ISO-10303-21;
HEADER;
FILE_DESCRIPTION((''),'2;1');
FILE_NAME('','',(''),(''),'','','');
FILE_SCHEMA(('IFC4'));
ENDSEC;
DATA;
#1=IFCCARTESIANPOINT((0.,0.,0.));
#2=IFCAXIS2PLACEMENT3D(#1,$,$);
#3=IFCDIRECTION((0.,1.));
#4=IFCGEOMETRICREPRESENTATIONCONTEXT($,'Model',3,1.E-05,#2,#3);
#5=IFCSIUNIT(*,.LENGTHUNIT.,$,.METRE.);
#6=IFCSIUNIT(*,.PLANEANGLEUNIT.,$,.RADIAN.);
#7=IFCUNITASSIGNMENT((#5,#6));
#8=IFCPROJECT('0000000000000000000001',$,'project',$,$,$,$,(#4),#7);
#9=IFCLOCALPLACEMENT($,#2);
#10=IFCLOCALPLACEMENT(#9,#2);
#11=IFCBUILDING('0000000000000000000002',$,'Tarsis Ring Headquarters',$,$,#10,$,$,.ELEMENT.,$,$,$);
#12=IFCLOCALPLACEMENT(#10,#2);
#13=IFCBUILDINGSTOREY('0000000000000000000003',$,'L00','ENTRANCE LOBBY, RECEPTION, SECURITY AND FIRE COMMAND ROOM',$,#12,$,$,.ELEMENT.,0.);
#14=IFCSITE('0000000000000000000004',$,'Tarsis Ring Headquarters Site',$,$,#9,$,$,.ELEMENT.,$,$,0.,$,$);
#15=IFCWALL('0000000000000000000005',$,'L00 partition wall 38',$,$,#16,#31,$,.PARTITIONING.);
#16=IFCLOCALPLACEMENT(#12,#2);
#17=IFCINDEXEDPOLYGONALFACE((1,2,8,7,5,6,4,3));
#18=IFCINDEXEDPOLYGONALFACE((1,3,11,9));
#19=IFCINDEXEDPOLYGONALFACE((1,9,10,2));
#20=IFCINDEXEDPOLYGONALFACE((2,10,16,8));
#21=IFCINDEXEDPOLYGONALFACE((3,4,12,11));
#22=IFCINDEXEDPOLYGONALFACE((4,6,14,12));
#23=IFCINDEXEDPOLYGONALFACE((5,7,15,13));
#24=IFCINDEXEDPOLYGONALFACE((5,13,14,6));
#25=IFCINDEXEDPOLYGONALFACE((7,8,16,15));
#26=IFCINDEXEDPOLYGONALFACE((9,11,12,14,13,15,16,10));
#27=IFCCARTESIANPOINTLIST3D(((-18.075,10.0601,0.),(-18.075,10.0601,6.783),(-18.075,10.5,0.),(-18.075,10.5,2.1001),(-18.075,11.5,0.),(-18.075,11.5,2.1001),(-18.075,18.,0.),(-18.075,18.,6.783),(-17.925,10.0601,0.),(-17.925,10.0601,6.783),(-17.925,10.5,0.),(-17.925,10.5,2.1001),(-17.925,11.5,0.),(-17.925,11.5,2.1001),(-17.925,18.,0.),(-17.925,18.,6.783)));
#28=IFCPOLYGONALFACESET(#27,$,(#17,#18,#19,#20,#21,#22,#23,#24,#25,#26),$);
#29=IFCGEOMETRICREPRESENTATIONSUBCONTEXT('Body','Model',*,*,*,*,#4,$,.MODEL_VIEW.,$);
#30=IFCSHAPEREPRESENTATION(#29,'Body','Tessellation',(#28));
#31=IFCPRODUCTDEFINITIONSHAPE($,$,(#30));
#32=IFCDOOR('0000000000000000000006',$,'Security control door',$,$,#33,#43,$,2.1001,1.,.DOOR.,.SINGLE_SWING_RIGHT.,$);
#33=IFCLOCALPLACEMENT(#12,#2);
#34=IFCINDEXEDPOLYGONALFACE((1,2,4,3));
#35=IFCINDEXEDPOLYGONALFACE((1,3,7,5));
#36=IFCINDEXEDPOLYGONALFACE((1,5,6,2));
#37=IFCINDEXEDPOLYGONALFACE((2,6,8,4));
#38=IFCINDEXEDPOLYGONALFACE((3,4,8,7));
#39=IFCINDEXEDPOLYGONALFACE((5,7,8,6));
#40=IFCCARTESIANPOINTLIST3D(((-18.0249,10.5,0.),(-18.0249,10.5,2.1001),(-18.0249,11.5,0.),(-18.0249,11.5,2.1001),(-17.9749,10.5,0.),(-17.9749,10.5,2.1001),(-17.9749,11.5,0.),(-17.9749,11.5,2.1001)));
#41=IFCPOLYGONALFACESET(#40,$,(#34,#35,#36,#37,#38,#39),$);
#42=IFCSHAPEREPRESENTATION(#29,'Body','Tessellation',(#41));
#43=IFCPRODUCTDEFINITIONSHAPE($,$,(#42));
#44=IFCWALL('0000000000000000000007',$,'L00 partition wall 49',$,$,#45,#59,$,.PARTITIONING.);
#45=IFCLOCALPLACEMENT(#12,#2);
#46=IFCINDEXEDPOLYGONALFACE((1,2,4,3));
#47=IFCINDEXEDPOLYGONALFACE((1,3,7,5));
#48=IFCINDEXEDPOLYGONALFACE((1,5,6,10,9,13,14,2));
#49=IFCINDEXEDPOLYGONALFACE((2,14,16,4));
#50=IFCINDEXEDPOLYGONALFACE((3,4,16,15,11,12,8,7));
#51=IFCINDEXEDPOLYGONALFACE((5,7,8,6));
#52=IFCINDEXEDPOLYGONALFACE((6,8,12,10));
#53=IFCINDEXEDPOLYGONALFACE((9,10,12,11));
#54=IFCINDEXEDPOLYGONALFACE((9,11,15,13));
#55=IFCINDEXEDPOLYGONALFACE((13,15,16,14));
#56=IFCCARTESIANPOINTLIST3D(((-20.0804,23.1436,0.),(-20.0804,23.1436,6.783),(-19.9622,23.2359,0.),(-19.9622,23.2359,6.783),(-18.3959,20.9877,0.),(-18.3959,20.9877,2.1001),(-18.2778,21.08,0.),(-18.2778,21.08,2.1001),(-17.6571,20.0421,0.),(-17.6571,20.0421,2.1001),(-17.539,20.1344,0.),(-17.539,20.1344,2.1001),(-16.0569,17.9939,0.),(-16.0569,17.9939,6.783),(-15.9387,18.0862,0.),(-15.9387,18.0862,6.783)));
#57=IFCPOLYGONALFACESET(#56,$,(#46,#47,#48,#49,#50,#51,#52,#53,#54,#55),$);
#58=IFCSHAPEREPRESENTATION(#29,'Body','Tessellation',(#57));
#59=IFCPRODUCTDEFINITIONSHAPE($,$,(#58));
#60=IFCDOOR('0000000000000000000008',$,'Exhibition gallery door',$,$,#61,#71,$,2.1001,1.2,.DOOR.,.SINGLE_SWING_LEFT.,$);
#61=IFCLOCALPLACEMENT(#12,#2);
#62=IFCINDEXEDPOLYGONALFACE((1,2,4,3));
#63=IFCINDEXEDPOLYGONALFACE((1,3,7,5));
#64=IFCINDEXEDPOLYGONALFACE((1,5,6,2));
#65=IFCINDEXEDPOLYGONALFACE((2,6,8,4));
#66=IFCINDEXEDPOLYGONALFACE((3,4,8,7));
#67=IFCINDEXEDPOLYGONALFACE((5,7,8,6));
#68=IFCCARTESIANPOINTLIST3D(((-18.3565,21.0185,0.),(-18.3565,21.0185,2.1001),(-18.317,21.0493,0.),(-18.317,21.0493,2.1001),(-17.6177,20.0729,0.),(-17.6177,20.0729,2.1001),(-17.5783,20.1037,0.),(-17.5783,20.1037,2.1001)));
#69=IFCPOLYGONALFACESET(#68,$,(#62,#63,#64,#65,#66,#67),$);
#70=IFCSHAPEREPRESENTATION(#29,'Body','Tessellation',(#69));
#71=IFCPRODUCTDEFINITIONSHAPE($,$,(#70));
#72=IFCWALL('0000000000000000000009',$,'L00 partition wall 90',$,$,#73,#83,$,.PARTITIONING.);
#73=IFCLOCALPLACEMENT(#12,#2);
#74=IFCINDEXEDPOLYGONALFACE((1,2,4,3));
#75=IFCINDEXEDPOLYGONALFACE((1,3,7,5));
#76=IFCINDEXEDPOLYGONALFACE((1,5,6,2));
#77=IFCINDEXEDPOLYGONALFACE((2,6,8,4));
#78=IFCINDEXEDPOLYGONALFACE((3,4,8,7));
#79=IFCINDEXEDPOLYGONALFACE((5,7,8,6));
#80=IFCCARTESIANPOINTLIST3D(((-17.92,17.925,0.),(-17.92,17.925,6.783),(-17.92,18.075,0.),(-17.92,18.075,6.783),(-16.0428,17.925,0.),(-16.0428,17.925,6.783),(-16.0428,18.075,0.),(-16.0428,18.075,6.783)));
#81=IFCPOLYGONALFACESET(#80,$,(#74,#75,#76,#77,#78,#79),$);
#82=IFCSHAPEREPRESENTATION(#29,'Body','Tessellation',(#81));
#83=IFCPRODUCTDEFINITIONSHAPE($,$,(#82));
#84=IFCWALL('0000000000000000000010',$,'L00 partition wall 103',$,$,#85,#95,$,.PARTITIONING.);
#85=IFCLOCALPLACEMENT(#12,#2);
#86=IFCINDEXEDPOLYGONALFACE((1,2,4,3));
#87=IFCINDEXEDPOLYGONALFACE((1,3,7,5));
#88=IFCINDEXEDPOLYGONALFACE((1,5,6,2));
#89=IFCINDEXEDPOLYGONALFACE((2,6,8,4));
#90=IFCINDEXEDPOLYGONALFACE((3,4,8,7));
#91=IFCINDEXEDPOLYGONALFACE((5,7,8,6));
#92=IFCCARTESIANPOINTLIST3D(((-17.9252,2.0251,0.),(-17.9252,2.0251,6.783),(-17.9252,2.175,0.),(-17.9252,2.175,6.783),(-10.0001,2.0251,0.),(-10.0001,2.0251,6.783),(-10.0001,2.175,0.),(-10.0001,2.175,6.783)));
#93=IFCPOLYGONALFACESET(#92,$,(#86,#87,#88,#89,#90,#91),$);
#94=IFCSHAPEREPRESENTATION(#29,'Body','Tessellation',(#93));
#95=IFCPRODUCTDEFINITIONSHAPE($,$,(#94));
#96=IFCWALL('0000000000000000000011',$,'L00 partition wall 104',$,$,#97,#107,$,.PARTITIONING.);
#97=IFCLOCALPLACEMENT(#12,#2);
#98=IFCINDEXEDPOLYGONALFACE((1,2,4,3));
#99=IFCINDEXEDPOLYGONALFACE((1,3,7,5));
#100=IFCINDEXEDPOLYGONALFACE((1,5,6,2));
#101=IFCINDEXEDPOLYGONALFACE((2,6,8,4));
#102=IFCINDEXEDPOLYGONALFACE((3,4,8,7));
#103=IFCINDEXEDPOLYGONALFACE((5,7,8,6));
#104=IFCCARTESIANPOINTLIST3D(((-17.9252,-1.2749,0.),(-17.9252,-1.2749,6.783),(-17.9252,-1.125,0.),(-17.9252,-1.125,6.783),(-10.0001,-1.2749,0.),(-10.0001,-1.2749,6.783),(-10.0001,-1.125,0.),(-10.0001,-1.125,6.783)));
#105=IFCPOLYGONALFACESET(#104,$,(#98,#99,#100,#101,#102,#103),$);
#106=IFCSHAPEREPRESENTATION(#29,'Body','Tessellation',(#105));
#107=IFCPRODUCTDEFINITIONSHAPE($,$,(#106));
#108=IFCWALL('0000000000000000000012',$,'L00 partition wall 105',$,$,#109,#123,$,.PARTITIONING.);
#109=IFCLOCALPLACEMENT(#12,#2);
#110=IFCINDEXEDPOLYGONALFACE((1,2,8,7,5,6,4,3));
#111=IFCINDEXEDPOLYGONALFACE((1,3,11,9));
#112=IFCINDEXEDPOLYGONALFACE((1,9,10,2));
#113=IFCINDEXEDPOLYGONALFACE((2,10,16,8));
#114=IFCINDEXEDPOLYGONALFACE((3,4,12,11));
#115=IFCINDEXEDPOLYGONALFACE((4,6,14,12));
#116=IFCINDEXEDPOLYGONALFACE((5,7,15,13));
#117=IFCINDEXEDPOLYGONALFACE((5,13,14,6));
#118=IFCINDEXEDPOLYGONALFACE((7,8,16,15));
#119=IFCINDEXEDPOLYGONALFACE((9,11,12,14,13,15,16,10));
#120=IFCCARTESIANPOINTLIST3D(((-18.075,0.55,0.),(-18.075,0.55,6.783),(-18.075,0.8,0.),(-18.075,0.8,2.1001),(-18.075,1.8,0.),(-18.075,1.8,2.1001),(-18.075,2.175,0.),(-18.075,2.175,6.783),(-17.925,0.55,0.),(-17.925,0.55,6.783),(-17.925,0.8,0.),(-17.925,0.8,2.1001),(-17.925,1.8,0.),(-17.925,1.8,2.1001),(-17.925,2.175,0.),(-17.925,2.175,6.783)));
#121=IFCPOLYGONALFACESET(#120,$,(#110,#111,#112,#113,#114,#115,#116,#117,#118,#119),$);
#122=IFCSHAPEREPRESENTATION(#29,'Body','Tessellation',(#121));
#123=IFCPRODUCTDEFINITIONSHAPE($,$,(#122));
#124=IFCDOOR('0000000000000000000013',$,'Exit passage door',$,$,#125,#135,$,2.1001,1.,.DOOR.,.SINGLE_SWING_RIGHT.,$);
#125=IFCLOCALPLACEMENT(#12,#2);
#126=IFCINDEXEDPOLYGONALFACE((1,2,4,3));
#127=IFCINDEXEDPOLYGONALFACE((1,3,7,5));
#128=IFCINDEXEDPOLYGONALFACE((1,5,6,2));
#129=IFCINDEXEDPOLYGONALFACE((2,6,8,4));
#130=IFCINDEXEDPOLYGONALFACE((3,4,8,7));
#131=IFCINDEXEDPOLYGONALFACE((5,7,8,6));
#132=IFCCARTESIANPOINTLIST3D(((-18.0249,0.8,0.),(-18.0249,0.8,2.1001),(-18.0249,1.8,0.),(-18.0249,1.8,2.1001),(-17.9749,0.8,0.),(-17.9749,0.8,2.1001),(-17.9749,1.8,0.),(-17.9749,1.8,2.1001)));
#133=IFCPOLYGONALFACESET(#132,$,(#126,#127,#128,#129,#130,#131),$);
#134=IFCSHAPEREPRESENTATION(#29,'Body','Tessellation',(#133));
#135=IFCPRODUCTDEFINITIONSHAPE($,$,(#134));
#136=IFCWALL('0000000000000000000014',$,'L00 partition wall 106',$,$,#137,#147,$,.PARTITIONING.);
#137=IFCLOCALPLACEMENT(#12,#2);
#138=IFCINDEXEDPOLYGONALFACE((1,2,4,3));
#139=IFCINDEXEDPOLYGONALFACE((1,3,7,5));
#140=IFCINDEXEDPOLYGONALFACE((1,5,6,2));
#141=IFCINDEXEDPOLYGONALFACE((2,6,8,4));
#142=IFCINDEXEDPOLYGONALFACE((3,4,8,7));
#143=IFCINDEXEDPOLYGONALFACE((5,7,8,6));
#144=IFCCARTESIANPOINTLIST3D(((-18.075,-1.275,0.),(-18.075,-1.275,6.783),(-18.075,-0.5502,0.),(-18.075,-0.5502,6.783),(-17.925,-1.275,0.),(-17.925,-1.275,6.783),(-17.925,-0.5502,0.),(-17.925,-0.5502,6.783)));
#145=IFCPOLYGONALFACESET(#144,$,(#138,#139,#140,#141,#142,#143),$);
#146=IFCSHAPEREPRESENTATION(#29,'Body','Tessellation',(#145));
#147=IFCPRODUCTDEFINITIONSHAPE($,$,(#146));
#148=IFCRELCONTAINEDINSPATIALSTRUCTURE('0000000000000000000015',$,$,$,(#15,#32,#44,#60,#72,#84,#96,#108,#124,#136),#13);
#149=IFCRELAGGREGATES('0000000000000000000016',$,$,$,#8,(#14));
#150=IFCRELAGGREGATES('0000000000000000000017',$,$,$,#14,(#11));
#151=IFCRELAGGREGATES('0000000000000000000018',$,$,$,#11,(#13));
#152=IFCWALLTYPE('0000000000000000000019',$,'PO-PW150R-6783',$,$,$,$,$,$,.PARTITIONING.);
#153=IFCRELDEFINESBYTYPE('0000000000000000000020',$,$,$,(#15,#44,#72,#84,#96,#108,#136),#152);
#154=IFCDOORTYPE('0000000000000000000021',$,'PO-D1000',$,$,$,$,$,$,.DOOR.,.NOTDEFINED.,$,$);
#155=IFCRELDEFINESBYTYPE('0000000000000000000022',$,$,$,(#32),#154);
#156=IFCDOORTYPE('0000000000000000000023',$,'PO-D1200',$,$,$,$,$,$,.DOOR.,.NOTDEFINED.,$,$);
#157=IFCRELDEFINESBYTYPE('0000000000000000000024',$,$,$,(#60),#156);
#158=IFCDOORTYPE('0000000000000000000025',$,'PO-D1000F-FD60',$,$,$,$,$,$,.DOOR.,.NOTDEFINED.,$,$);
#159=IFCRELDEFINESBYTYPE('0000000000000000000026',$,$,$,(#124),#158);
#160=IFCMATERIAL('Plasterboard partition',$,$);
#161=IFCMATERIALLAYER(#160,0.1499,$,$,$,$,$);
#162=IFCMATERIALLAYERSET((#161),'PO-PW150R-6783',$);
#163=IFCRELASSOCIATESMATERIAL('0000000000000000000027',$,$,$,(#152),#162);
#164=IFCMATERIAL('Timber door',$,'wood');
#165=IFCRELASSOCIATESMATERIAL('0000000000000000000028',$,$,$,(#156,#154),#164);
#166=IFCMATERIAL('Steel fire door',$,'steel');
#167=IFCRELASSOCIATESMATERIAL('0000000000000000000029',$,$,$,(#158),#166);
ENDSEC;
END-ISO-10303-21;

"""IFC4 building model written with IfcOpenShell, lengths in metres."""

from ifc_helpers import new_model, si_unit, direction, frame, frame_2d, origin, place, context, subcontext, project, spatial, rectangle, extrude, material, layer, layer_set, type_object, element, fill, save


model = new_model("IFC4")

# Units and contexts
model_context = context("Model", 3, precision=1e-05, world=origin(), true_north=direction((0.0, 1.0)))
body_context = subcontext(model_context, "Body", "Model", "MODEL_VIEW")
ifc_project = project(units=[si_unit("LENGTHUNIT", "METRE"), si_unit("PLANEANGLEUNIT", "RADIAN")], contexts=[model_context])

# Site, building, storey
site_placement = place(None, origin())
site = spatial("IfcSite", under=ifc_project, at=site_placement, Name="Tarsis Ring Headquarters Site", CompositionType="ELEMENT", RefElevation=0.0)
building_placement = place(site_placement, origin())
building = spatial("IfcBuilding", under=site, at=building_placement, Name="Tarsis Ring Headquarters", CompositionType="ELEMENT")
storey_placement = place(building_placement, origin())
storey = spatial("IfcBuildingStorey", under=building, at=storey_placement, Name="L00", Description="ENTRANCE LOBBY, RECEPTION, SECURITY AND FIRE COMMAND ROOM", CompositionType="ELEMENT", Elevation=0.0)

# Shared definitions
ifc_material_1 = material(Name="Plasterboard partition")

# Shared definitions
ifc_layer_1 = layer(ifc_material_1, 0.1499)
ifc_layer_set_1 = layer_set([ifc_layer_1], Name="PO-PW150R-6783")
wall_type_1 = type_object("IfcWallType", Name="PO-PW150R-6783", PredefinedType="PARTITIONING", material=ifc_layer_set_1)
ifc_material_2 = material(Name="Timber door", Category="wood")
door_type_1 = type_object("IfcDoorType", Name="PO-D1200", OperationType="NOTDEFINED", PredefinedType="DOOR", material=ifc_material_2)

# Walls, openings, doors
wall_1_placement = place(storey_placement, frame((-18.0, 10.0601, 0.0), z_axis=(0.0, 0.0, 1.0), x_axis=(0.0, 1.0, 0.0)))
wall_1 = element("IfcWall", 1, at=wall_1_placement, inside=storey, type_object=wall_type_1, Name="L00 partition wall 38", PredefinedType="PARTITIONING", context=body_context, shape_type="SweptSolid", body=[
    extrude(rectangle(XDim=7.9399, YDim=0.1499, at=frame_2d((3.97, 0.0))), origin(), (0.0, 0.0, 1.0), 6.783),
])
opening_1_placement = place(wall_1_placement, frame((0.4399, 0.0, 0.0)))
opening_1 = element("IfcOpeningElement", 2, at=opening_1_placement, cuts=wall_1, PredefinedType="OPENING", context=body_context, shape_type="SweptSolid", body=[
    extrude(rectangle(XDim=1.0, YDim=2.1001, at=frame_2d((0.5, 1.05))), frame((0.0, 0.085, 0.0), z_axis=(0.0, -1.0, 0.0), x_axis=(1.0, 0.0, 0.0)), (0.0, 0.0, 1.0), 0.1699),
])
door_type_2 = type_object("IfcDoorType", Name="PO-D1000", OperationType="NOTDEFINED", PredefinedType="DOOR", material=ifc_material_2)
door_1_placement = place(opening_1_placement, origin())
door_1 = element("IfcDoor", 3, at=door_1_placement, inside=storey, type_object=door_type_2, Name="Security control door", OperationType="SINGLE_SWING_RIGHT", OverallHeight=2.1001, OverallWidth=1.0, PredefinedType="DOOR", context=body_context, shape_type="SweptSolid", body=[
    extrude(rectangle(XDim=1.0, YDim=2.1001, at=frame_2d((0.5, 1.05))), frame((0.0, 0.0249, 0.0), z_axis=(0.0, -1.0, 0.0), x_axis=(1.0, 0.0, 0.0)), (0.0, 0.0, 1.0), 0.05),
])
fill(opening_1, door_1)
wall_2_placement = place(storey_placement, frame((-15.9978, 18.04, 0.0), z_axis=(0.0, 0.0, 1.0), x_axis=(-0.615669, 0.788005, 0.0)))
wall_2 = element("IfcWall", 4, at=wall_2_placement, inside=storey, type_object=wall_type_1, Name="L00 partition wall 49", PredefinedType="PARTITIONING", context=body_context, shape_type="SweptSolid", body=[
    extrude(rectangle(XDim=6.5352, YDim=0.1499, at=frame_2d((3.2676, 0.0))), origin(), (0.0, 0.0, 1.0), 6.783),
])
opening_2_placement = place(wall_2_placement, frame((2.5991, 0.0, 0.0)))
opening_2 = element("IfcOpeningElement", 5, at=opening_2_placement, cuts=wall_2, PredefinedType="OPENING", context=body_context, shape_type="SweptSolid", body=[
    extrude(rectangle(XDim=1.2, YDim=2.1001, at=frame_2d((0.6001, 1.05))), frame((0.0, 0.085, 0.0), z_axis=(0.0, -1.0, 0.0), x_axis=(1.0, 0.0, 0.0)), (0.0, 0.0, 1.0), 0.1699),
])
door_2_placement = place(opening_2_placement, origin())
door_2 = element("IfcDoor", 6, at=door_2_placement, inside=storey, type_object=door_type_1, Name="Exhibition gallery door", OperationType="SINGLE_SWING_LEFT", OverallHeight=2.1001, OverallWidth=1.2, PredefinedType="DOOR", context=body_context, shape_type="SweptSolid", body=[
    extrude(rectangle(XDim=1.2, YDim=2.1001, at=frame_2d((0.6001, 1.05))), frame((0.0, 0.0249, 0.0), z_axis=(0.0, -1.0, 0.0), x_axis=(1.0, 0.0, 0.0)), (0.0, 0.0, 1.0), 0.05),
])
fill(opening_2, door_2)

# Walls
wall_3_placement = place(storey_placement, frame((-17.9199, 18.0, 0.0), z_axis=(0.0, 0.0, 1.0), x_axis=(1.0, 0.0, 0.0)))
element("IfcWall", 7, at=wall_3_placement, inside=storey, type_object=wall_type_1, Name="L00 partition wall 90", PredefinedType="PARTITIONING", context=body_context, shape_type="SweptSolid", body=[
    extrude(rectangle(XDim=1.8772, YDim=0.1499, at=frame_2d((0.9385, 0.0))), origin(), (0.0, 0.0, 1.0), 6.783),
])
for number, where, z_axis, x_axis, name in (
    (8, (-17.925, 2.1001, 0.0), (0.0, 0.0, 1.0), (1.0, 0.0, 0.0), "L00 partition wall 103"),
    (9, (-17.925, -1.2, 0.0), (0.0, 0.0, 1.0), (1.0, 0.0, 0.0), "L00 partition wall 104"),
):
    element("IfcWall", number, at=place(storey_placement, frame(where, z_axis=z_axis, x_axis=x_axis)), inside=storey, type_object=wall_type_1, Name=name, PredefinedType="PARTITIONING", context=body_context, shape_type="SweptSolid", body=[
        extrude(rectangle(XDim=7.925, YDim=0.1499, at=frame_2d((3.9624, 0.0))), origin(), (0.0, 0.0, 1.0), 6.783),
    ])

# Wall, opening, door
wall_4_placement = place(storey_placement, frame((-18.0, 0.55, 0.0), z_axis=(0.0, 0.0, 1.0), x_axis=(0.0, 1.0, 0.0)))
wall_4 = element("IfcWall", 10, at=wall_4_placement, inside=storey, type_object=wall_type_1, Name="L00 partition wall 105", PredefinedType="PARTITIONING", context=body_context, shape_type="SweptSolid", body=[
    extrude(rectangle(XDim=1.625, YDim=0.1499, at=frame_2d((0.8125, 0.0))), origin(), (0.0, 0.0, 1.0), 6.783),
])
opening_3_placement = place(wall_4_placement, frame((0.25, 0.0, 0.0)))
opening_3 = element("IfcOpeningElement", 11, at=opening_3_placement, cuts=wall_4, PredefinedType="OPENING", context=body_context, shape_type="SweptSolid", body=[
    extrude(rectangle(XDim=1.0, YDim=2.1001, at=frame_2d((0.5, 1.05))), frame((0.0, 0.085, 0.0), z_axis=(0.0, -1.0, 0.0), x_axis=(1.0, 0.0, 0.0)), (0.0, 0.0, 1.0), 0.1699),
])
ifc_material_3 = material(Name="Steel fire door", Category="steel")
door_type_3 = type_object("IfcDoorType", Name="PO-D1000F-FD60", OperationType="NOTDEFINED", PredefinedType="DOOR", material=ifc_material_3)
door_3_placement = place(opening_3_placement, origin())
door_3 = element("IfcDoor", 12, at=door_3_placement, inside=storey, type_object=door_type_3, Name="Exit passage door", OperationType="SINGLE_SWING_RIGHT", OverallHeight=2.1001, OverallWidth=1.0, PredefinedType="DOOR", context=body_context, shape_type="SweptSolid", body=[
    extrude(rectangle(XDim=1.0, YDim=2.1001, at=frame_2d((0.5, 1.05))), frame((0.0, 0.0249, 0.0), z_axis=(0.0, -1.0, 0.0), x_axis=(1.0, 0.0, 0.0)), (0.0, 0.0, 1.0), 0.05),
])
fill(opening_3, door_3)

# Wall
wall_5_placement = place(storey_placement, frame((-18.0, -1.2749, 0.0), z_axis=(0.0, 0.0, 1.0), x_axis=(0.0, 1.0, 0.0)))
element("IfcWall", 13, at=wall_5_placement, inside=storey, type_object=wall_type_1, Name="L00 partition wall 106", PredefinedType="PARTITIONING", context=body_context, shape_type="SweptSolid", body=[
    extrude(rectangle(XDim=0.7249, YDim=0.1499, at=frame_2d((0.3623, 0.0))), origin(), (0.0, 0.0, 1.0), 6.783),
])

save(model, "model.ifc")
